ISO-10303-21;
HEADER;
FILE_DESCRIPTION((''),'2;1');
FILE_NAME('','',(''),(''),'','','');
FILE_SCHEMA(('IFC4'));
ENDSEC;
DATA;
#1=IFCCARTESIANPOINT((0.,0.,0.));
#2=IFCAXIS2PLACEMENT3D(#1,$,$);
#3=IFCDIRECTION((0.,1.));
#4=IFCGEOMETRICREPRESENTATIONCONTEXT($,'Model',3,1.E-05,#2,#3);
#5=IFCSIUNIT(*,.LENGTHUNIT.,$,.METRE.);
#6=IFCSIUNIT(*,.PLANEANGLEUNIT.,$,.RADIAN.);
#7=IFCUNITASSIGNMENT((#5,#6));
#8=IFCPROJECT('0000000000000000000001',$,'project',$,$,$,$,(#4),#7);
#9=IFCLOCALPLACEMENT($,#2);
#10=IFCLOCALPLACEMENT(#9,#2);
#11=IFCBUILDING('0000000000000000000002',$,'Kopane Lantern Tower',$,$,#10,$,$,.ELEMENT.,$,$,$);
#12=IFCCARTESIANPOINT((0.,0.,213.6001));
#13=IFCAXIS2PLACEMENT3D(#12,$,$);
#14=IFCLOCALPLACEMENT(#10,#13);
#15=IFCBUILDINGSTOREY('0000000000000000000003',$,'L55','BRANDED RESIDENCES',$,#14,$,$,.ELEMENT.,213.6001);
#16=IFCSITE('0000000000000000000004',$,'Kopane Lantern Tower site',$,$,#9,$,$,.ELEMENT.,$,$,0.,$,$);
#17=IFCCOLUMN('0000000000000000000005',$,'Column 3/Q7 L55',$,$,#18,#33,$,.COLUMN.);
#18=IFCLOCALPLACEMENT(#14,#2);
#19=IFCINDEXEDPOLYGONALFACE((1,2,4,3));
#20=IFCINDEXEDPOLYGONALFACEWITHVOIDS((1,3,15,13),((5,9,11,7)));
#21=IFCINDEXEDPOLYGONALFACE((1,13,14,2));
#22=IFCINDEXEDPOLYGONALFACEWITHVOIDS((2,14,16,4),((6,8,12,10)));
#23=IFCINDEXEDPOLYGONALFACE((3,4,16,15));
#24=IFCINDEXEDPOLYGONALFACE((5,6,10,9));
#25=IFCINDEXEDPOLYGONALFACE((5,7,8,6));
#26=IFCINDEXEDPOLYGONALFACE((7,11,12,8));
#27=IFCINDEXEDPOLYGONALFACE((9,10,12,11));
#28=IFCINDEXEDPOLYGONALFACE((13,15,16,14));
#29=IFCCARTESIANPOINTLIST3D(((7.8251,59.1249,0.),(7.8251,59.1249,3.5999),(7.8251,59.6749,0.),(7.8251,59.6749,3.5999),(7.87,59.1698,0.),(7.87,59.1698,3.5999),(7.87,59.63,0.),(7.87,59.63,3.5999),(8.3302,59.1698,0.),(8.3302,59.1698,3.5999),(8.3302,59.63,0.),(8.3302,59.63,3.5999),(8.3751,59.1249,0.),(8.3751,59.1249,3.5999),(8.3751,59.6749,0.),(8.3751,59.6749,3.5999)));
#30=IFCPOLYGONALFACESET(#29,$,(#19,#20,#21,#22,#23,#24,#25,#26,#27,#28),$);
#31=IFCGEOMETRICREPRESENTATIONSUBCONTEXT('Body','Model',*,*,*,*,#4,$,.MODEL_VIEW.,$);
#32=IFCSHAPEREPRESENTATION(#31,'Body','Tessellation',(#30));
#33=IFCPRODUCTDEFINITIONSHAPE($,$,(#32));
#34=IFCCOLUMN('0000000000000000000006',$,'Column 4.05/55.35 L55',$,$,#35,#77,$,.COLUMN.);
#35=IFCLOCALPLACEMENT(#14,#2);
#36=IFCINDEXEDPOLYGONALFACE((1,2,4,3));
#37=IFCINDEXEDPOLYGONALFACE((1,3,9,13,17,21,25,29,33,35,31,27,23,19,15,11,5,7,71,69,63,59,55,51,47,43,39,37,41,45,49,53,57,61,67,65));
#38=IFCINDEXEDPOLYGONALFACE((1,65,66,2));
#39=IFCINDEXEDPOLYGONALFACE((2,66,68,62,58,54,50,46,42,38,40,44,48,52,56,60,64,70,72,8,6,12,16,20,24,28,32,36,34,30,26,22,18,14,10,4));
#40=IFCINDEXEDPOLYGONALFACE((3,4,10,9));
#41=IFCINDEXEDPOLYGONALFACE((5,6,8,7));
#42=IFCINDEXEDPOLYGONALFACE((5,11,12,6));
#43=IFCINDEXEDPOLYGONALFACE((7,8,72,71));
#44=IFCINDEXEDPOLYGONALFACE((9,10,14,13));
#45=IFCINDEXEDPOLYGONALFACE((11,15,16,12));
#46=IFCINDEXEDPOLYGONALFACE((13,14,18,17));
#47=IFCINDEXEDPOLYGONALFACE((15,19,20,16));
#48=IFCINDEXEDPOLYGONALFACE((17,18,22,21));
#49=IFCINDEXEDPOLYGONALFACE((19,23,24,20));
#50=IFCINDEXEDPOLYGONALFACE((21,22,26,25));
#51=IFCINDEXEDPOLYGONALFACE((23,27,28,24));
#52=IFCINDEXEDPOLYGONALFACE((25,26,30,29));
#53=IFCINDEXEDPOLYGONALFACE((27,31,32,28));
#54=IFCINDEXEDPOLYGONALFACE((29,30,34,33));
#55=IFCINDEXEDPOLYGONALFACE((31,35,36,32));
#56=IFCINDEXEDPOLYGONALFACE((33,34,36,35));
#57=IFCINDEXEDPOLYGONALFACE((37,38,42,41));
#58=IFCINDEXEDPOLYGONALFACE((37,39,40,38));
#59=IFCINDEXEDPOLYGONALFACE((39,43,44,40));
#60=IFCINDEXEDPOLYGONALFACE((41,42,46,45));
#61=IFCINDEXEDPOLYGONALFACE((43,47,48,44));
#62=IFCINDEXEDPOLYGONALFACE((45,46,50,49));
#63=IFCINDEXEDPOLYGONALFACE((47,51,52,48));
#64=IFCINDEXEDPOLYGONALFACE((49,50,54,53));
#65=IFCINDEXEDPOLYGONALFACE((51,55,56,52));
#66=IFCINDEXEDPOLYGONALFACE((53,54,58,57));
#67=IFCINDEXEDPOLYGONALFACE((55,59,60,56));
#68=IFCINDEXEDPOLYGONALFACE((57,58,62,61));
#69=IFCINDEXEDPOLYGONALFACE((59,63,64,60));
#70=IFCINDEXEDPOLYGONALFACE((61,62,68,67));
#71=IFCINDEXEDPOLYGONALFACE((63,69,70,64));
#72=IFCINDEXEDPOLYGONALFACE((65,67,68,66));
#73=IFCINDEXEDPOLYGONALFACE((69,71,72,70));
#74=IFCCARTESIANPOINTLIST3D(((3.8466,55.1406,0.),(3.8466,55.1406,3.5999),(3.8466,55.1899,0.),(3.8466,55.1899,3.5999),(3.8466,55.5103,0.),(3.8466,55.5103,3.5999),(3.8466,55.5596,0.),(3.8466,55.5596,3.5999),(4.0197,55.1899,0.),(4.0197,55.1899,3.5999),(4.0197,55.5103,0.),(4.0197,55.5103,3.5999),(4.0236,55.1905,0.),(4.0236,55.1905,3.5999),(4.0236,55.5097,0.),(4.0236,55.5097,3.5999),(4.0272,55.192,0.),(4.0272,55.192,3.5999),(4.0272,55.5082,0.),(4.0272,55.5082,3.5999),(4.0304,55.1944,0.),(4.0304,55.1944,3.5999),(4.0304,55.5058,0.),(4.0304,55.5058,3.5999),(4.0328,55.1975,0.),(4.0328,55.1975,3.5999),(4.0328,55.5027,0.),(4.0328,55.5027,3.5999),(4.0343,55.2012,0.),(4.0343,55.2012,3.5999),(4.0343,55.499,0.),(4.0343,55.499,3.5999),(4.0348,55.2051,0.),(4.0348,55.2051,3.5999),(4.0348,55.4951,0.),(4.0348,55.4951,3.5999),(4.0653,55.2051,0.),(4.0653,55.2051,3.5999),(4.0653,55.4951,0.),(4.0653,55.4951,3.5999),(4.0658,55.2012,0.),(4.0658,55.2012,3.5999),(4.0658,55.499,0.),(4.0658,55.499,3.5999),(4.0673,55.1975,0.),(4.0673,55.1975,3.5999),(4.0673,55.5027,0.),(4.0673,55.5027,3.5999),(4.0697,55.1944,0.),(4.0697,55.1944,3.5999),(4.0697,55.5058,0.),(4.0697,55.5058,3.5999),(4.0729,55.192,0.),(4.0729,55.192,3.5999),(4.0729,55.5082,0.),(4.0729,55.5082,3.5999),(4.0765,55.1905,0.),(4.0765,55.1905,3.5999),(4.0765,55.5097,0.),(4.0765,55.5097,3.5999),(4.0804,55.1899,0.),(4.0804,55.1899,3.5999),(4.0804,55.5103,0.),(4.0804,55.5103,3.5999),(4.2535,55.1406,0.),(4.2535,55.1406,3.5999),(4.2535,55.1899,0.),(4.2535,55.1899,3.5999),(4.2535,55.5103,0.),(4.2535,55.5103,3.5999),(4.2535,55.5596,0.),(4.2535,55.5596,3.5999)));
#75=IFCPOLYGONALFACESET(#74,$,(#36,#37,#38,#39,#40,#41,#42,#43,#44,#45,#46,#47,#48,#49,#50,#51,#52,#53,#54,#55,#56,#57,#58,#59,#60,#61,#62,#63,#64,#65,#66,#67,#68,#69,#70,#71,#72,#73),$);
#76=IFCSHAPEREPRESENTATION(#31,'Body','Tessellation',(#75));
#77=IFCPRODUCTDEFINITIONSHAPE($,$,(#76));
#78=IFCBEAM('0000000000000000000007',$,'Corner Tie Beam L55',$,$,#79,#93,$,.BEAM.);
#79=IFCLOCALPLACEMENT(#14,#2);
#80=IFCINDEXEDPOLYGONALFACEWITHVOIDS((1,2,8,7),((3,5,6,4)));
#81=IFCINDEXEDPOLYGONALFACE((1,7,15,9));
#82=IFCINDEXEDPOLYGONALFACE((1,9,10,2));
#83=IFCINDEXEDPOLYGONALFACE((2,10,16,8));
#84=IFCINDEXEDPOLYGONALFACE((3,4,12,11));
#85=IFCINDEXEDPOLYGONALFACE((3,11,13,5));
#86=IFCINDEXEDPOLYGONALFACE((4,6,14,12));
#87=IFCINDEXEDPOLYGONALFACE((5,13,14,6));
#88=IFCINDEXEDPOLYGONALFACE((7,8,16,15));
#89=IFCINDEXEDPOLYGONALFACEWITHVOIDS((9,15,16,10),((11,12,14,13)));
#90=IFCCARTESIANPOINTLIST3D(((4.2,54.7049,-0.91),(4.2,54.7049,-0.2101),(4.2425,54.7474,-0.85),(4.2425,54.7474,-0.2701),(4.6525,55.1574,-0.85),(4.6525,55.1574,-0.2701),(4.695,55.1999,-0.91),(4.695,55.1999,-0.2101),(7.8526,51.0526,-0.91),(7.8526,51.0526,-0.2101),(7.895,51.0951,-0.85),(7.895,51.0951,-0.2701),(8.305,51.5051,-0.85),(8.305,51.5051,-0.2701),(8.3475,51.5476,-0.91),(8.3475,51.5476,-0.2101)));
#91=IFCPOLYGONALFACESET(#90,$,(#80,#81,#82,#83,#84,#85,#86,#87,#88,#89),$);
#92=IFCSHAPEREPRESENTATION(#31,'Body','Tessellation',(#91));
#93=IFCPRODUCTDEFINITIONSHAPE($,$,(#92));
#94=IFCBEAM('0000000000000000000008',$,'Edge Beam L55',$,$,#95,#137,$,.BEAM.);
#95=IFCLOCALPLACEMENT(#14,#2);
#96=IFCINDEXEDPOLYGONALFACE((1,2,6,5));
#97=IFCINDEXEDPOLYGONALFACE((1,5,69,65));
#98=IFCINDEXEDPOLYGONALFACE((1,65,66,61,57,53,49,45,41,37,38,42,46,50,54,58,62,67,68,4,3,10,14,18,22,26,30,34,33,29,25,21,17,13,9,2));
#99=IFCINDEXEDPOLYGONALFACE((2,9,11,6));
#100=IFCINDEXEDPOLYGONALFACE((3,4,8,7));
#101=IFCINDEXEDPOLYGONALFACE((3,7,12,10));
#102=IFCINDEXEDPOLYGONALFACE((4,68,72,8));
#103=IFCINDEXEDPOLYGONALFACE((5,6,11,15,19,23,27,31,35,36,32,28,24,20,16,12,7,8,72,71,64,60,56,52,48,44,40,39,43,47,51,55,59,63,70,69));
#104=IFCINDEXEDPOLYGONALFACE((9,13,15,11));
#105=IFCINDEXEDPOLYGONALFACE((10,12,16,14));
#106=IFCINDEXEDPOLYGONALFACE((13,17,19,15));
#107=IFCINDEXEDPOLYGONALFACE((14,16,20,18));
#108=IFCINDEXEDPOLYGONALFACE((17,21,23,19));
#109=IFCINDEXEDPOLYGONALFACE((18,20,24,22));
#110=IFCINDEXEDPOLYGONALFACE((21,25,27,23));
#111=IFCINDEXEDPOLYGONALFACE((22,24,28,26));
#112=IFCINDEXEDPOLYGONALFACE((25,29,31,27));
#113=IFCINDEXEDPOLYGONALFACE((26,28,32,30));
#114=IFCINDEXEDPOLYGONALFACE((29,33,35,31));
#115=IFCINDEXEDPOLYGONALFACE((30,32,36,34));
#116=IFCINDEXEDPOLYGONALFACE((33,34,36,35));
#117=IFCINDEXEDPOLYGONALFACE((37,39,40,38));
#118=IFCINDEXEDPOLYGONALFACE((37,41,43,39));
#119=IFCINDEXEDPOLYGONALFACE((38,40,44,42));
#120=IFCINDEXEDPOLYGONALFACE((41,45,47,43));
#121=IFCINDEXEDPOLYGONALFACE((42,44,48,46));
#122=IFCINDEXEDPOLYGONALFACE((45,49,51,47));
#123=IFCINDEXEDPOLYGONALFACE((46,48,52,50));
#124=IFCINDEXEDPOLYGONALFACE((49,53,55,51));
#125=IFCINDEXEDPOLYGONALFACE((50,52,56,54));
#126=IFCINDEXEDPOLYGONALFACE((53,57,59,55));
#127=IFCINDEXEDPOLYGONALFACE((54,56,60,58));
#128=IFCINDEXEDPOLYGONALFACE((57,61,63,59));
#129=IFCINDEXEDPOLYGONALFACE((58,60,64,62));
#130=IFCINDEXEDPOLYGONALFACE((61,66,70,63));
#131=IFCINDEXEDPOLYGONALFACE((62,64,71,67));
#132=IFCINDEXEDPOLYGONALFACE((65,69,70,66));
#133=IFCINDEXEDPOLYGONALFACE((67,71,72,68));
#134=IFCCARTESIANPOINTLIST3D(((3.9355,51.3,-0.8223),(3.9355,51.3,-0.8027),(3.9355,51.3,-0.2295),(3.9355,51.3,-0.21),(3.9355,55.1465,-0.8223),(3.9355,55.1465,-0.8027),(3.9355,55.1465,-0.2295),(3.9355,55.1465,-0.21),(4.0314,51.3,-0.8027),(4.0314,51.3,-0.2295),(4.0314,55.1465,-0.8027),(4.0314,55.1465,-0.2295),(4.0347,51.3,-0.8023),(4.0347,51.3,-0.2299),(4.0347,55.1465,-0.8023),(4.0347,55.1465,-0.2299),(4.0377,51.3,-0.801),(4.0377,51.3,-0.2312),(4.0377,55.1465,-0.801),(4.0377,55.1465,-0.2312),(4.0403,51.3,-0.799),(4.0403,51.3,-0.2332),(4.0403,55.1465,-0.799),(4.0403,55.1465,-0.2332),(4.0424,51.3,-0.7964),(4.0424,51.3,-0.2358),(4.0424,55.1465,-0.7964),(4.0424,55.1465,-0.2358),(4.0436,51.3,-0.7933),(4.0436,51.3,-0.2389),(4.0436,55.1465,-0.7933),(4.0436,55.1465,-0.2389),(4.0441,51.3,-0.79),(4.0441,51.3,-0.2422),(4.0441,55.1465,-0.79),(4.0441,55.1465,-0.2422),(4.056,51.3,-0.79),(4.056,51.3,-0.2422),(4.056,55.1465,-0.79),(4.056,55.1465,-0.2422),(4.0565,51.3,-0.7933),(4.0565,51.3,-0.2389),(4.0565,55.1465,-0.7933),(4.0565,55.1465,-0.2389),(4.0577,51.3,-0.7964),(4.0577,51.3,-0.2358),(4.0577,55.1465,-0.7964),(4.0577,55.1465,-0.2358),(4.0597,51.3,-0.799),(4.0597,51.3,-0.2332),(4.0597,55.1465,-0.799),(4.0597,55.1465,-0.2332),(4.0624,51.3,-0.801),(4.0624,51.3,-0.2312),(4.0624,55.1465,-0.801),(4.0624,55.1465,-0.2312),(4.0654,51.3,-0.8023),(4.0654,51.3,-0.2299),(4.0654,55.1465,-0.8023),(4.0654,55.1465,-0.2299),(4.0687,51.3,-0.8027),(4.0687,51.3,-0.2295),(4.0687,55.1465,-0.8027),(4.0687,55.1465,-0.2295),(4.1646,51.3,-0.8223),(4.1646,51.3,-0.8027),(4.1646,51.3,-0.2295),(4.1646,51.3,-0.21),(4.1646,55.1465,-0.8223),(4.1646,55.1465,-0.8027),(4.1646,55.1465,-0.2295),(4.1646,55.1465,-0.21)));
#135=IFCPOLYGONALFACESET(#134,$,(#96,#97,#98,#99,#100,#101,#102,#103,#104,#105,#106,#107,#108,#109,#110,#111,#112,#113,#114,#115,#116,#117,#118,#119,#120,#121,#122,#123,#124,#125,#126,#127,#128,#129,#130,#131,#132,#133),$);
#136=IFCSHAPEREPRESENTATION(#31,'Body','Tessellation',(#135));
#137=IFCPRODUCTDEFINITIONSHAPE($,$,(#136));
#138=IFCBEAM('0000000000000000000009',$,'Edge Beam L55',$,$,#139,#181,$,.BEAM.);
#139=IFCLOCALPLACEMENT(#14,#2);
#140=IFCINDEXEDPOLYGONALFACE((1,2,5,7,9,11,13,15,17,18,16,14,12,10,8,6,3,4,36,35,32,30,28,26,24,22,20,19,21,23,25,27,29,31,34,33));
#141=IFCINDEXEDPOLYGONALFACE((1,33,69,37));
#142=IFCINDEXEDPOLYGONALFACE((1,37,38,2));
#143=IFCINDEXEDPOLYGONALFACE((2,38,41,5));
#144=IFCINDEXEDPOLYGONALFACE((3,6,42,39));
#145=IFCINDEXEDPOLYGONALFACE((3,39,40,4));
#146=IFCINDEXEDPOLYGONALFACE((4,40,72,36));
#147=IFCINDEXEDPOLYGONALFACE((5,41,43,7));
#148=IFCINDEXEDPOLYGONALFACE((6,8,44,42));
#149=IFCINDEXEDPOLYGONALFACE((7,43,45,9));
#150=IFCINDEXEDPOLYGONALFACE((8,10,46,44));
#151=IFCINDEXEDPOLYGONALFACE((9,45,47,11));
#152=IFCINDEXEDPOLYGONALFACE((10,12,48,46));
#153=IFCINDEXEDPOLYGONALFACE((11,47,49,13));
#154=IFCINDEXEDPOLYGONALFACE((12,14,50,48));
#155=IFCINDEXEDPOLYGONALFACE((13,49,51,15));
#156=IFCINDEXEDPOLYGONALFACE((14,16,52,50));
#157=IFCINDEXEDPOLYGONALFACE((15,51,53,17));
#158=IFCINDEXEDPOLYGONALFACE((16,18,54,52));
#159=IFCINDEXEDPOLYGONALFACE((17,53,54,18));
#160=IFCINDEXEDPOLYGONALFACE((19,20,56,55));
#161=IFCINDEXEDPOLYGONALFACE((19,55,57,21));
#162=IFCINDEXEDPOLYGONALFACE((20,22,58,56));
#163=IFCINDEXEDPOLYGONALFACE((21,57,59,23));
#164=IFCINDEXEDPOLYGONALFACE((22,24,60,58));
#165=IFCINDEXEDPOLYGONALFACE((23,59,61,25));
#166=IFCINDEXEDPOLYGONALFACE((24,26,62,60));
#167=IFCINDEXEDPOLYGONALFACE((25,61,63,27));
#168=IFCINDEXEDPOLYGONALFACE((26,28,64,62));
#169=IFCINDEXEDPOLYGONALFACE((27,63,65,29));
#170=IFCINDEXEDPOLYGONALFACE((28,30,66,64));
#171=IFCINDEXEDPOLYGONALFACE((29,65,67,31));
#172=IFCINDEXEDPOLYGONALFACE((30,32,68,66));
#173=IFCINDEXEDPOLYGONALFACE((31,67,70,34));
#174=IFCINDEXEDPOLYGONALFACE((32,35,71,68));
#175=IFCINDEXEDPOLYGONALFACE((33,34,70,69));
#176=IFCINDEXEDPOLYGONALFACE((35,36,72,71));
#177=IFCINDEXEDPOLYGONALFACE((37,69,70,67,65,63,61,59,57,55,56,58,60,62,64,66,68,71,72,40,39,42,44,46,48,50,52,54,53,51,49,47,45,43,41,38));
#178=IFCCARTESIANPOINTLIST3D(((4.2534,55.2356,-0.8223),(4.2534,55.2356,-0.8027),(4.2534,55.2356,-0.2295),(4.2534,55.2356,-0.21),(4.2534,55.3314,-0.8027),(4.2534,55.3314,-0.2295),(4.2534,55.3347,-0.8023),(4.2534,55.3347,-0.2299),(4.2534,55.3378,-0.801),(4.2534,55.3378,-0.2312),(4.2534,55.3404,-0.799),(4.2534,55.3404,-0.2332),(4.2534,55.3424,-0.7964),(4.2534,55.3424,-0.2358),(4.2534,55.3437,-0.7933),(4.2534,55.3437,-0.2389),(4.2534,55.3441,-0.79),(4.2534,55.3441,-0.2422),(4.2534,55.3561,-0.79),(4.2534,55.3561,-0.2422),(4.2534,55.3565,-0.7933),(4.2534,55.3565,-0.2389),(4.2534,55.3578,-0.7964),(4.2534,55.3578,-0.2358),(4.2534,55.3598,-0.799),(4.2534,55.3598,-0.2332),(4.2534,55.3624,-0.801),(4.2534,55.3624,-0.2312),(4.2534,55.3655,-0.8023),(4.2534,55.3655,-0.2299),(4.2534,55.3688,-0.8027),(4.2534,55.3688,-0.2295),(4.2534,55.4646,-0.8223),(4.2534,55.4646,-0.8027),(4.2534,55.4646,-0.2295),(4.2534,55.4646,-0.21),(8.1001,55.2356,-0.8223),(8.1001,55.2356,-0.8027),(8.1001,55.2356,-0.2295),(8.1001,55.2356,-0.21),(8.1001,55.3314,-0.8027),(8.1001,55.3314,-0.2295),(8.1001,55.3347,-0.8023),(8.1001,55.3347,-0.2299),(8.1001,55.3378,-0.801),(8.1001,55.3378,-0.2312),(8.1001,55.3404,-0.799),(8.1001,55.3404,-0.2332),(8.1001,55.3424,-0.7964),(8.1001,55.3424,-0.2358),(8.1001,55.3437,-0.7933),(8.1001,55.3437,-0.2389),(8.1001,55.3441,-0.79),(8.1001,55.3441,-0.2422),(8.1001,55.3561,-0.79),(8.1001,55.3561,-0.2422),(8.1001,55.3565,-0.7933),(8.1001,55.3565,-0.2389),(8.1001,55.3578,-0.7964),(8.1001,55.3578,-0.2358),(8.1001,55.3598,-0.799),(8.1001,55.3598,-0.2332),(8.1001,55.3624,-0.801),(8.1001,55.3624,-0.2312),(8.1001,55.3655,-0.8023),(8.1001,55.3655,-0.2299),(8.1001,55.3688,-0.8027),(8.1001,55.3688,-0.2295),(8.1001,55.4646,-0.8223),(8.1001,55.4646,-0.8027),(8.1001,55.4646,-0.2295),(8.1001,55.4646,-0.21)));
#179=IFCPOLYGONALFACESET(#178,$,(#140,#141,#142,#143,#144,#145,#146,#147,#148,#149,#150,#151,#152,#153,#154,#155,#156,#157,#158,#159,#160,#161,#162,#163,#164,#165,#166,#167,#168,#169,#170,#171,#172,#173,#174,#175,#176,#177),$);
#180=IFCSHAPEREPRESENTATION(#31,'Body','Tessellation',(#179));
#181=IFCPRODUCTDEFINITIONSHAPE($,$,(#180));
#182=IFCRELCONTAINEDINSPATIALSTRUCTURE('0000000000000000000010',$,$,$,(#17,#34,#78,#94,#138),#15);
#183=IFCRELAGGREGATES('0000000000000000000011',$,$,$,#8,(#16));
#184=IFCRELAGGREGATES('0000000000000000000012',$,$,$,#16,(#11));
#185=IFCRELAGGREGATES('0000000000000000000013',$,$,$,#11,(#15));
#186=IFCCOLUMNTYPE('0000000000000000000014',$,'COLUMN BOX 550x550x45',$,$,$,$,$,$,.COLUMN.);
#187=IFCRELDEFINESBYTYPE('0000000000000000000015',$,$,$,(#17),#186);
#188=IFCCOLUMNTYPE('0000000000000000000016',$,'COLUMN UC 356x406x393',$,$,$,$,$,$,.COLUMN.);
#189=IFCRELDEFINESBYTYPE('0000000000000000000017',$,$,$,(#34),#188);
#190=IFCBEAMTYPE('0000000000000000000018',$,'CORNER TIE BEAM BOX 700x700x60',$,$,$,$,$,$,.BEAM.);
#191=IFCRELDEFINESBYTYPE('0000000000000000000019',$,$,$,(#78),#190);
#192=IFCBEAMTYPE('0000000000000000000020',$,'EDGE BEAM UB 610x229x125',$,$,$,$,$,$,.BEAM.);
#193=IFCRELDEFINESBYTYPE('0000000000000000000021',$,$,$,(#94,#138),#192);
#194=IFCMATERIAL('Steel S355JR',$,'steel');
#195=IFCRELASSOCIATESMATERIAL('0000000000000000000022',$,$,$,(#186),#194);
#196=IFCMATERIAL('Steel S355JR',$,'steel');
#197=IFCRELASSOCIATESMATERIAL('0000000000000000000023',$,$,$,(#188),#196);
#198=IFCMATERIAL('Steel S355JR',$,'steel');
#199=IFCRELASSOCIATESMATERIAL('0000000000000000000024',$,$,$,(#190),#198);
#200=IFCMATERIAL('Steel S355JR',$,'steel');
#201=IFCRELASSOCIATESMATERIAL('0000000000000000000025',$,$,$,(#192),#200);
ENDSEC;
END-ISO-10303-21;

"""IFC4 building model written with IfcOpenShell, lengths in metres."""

from ifc_helpers import new_model, si_unit, direction, frame, origin, origin_2d, place, context, subcontext, project, spatial, hollow_rectangle, i_section, extrude, material, material_profile, profile_set, type_object, element, save


model = new_model("IFC4")

# Units and contexts
model_context = context("Model", 3, precision=1e-05, world=origin(), true_north=direction((0.0, 1.0)))
body_context = subcontext(model_context, "Body", "Model", "MODEL_VIEW")
ifc_project = project(units=[si_unit("LENGTHUNIT", "METRE"), si_unit("PLANEANGLEUNIT", "RADIAN")], contexts=[model_context])

# Site, building, storey
site_placement = place(None, origin())
site = spatial("IfcSite", under=ifc_project, at=site_placement, Name="Kopane Lantern Tower site", CompositionType="ELEMENT", RefElevation=0.0)
building_placement = place(site_placement, origin())
building = spatial("IfcBuilding", under=site, at=building_placement, Name="Kopane Lantern Tower", CompositionType="ELEMENT")
storey_placement = place(building_placement, frame((0.0, 0.0, 213.6001)))
storey = spatial("IfcBuildingStorey", under=building, at=storey_placement, Name="L55", Description="BRANDED RESIDENCES", CompositionType="ELEMENT", Elevation=213.6001)

# Columns
ifc_material_1 = material(Name="Steel S355JR", Category="steel")
ifc_material_profile_1 = material_profile(ifc_material_1, hollow_rectangle(XDim=0.55, YDim=0.55, WallThickness=0.0449, at=origin_2d()), Name="BOX 550x550x45")
ifc_profile_set_1 = profile_set([ifc_material_profile_1], Name="Steel S355JR")
column_type_1 = type_object("IfcColumnType", Name="COLUMN BOX 550x550x45", PredefinedType="COLUMN", material=ifc_profile_set_1)
column_1_placement = place(storey_placement, frame((8.1001, 59.3999, 0.0), z_axis=(0.0, 0.0, 1.0), x_axis=(1.0, 0.0, 0.0)))
element("IfcColumn", 1, at=column_1_placement, inside=storey, type_object=column_type_1, Name="Column 3/Q7 L55", PredefinedType="COLUMN", context=body_context, shape_type="SweptSolid", body=[
    extrude(hollow_rectangle(XDim=0.55, YDim=0.55, WallThickness=0.0449, at=origin_2d()), origin(), (0.0, 0.0, 1.0), 3.5999),
])
ifc_material_2 = material(Name="Steel S355JR", Category="steel")
ifc_material_profile_2 = material_profile(ifc_material_2, i_section(OverallWidth=0.407, OverallDepth=0.4189, WebThickness=0.0305, FlangeThickness=0.0493, FilletRadius=0.0151, at=origin_2d()), Name="UC 356x406x393")
ifc_profile_set_2 = profile_set([ifc_material_profile_2], Name="Steel S355JR")
column_type_2 = type_object("IfcColumnType", Name="COLUMN UC 356x406x393", PredefinedType="COLUMN", material=ifc_profile_set_2)
column_2_placement = place(storey_placement, frame((4.05, 55.3501, 0.0), z_axis=(0.0, 0.0, 1.0), x_axis=(1.0, 0.0, 0.0)))
element("IfcColumn", 2, at=column_2_placement, inside=storey, type_object=column_type_2, Name="Column 4.05/55.35 L55", PredefinedType="COLUMN", context=body_context, shape_type="SweptSolid", body=[
    extrude(i_section(OverallWidth=0.407, OverallDepth=0.4189, WebThickness=0.0305, FlangeThickness=0.0493, FilletRadius=0.0151, at=origin_2d()), origin(), (0.0, 0.0, 1.0), 3.5999),
])

# Beams
ifc_material_3 = material(Name="Steel S355JR", Category="steel")
ifc_material_profile_3 = material_profile(ifc_material_3, hollow_rectangle(XDim=0.7, YDim=0.7, WallThickness=0.0601, at=origin_2d()), Name="BOX 700x700x60")
ifc_profile_set_3 = profile_set([ifc_material_profile_3], Name="Steel S355JR")
beam_type_1 = type_object("IfcBeamType", Name="CORNER TIE BEAM BOX 700x700x60", PredefinedType="BEAM", material=ifc_profile_set_3)
beam_1_placement = place(storey_placement, frame((4.4475, 54.9524, -0.5601), z_axis=(0.70713, -0.707083, 0.0), x_axis=(0.707083, 0.70713, 0.0)))
element("IfcBeam", 3, at=beam_1_placement, inside=storey, type_object=beam_type_1, Name="Corner Tie Beam L55", PredefinedType="BEAM", context=body_context, shape_type="SweptSolid", body=[
    extrude(hollow_rectangle(XDim=0.7, YDim=0.7, WallThickness=0.0601, at=origin_2d()), origin(), (0.0, 0.0, 1.0), 5.1653),
])
ifc_material_4 = material(Name="Steel S355JR", Category="steel")
ifc_material_profile_4 = material_profile(ifc_material_4, i_section(OverallWidth=0.229, OverallDepth=0.6123, WebThickness=0.012, FlangeThickness=0.0195, FilletRadius=0.0127, at=origin_2d()), Name="UB 610x229x125")
ifc_profile_set_4 = profile_set([ifc_material_profile_4], Name="Steel S355JR")
beam_type_2 = type_object("IfcBeamType", Name="EDGE BEAM UB 610x229x125", PredefinedType="BEAM", material=ifc_profile_set_4)
beam_2_placement = place(storey_placement, frame((4.05, 55.1465, -0.5161), z_axis=(0.0, -1.0, 0.0), x_axis=(1.0, 0.0, 0.0)))
element("IfcBeam", 4, at=beam_2_placement, inside=storey, type_object=beam_type_2, Name="Edge Beam L55", PredefinedType="BEAM", context=body_context, shape_type="SweptSolid", body=[
    extrude(i_section(OverallWidth=0.229, OverallDepth=0.6123, WebThickness=0.012, FlangeThickness=0.0195, FilletRadius=0.0127, at=origin_2d()), origin(), (0.0, 0.0, 1.0), 3.8464),
])
beam_3_placement = place(storey_placement, frame((4.2534, 55.3501, -0.5161), z_axis=(1.0, 0.0, 0.0), x_axis=(0.0, 1.0, 0.0)))
element("IfcBeam", 5, at=beam_3_placement, inside=storey, type_object=beam_type_2, Name="Edge Beam L55", PredefinedType="BEAM", context=body_context, shape_type="SweptSolid", body=[
    extrude(i_section(OverallWidth=0.229, OverallDepth=0.6123, WebThickness=0.012, FlangeThickness=0.0195, FilletRadius=0.0127, at=origin_2d()), origin(), (0.0, 0.0, 1.0), 3.8467),
])

save(model, "model.ifc")
